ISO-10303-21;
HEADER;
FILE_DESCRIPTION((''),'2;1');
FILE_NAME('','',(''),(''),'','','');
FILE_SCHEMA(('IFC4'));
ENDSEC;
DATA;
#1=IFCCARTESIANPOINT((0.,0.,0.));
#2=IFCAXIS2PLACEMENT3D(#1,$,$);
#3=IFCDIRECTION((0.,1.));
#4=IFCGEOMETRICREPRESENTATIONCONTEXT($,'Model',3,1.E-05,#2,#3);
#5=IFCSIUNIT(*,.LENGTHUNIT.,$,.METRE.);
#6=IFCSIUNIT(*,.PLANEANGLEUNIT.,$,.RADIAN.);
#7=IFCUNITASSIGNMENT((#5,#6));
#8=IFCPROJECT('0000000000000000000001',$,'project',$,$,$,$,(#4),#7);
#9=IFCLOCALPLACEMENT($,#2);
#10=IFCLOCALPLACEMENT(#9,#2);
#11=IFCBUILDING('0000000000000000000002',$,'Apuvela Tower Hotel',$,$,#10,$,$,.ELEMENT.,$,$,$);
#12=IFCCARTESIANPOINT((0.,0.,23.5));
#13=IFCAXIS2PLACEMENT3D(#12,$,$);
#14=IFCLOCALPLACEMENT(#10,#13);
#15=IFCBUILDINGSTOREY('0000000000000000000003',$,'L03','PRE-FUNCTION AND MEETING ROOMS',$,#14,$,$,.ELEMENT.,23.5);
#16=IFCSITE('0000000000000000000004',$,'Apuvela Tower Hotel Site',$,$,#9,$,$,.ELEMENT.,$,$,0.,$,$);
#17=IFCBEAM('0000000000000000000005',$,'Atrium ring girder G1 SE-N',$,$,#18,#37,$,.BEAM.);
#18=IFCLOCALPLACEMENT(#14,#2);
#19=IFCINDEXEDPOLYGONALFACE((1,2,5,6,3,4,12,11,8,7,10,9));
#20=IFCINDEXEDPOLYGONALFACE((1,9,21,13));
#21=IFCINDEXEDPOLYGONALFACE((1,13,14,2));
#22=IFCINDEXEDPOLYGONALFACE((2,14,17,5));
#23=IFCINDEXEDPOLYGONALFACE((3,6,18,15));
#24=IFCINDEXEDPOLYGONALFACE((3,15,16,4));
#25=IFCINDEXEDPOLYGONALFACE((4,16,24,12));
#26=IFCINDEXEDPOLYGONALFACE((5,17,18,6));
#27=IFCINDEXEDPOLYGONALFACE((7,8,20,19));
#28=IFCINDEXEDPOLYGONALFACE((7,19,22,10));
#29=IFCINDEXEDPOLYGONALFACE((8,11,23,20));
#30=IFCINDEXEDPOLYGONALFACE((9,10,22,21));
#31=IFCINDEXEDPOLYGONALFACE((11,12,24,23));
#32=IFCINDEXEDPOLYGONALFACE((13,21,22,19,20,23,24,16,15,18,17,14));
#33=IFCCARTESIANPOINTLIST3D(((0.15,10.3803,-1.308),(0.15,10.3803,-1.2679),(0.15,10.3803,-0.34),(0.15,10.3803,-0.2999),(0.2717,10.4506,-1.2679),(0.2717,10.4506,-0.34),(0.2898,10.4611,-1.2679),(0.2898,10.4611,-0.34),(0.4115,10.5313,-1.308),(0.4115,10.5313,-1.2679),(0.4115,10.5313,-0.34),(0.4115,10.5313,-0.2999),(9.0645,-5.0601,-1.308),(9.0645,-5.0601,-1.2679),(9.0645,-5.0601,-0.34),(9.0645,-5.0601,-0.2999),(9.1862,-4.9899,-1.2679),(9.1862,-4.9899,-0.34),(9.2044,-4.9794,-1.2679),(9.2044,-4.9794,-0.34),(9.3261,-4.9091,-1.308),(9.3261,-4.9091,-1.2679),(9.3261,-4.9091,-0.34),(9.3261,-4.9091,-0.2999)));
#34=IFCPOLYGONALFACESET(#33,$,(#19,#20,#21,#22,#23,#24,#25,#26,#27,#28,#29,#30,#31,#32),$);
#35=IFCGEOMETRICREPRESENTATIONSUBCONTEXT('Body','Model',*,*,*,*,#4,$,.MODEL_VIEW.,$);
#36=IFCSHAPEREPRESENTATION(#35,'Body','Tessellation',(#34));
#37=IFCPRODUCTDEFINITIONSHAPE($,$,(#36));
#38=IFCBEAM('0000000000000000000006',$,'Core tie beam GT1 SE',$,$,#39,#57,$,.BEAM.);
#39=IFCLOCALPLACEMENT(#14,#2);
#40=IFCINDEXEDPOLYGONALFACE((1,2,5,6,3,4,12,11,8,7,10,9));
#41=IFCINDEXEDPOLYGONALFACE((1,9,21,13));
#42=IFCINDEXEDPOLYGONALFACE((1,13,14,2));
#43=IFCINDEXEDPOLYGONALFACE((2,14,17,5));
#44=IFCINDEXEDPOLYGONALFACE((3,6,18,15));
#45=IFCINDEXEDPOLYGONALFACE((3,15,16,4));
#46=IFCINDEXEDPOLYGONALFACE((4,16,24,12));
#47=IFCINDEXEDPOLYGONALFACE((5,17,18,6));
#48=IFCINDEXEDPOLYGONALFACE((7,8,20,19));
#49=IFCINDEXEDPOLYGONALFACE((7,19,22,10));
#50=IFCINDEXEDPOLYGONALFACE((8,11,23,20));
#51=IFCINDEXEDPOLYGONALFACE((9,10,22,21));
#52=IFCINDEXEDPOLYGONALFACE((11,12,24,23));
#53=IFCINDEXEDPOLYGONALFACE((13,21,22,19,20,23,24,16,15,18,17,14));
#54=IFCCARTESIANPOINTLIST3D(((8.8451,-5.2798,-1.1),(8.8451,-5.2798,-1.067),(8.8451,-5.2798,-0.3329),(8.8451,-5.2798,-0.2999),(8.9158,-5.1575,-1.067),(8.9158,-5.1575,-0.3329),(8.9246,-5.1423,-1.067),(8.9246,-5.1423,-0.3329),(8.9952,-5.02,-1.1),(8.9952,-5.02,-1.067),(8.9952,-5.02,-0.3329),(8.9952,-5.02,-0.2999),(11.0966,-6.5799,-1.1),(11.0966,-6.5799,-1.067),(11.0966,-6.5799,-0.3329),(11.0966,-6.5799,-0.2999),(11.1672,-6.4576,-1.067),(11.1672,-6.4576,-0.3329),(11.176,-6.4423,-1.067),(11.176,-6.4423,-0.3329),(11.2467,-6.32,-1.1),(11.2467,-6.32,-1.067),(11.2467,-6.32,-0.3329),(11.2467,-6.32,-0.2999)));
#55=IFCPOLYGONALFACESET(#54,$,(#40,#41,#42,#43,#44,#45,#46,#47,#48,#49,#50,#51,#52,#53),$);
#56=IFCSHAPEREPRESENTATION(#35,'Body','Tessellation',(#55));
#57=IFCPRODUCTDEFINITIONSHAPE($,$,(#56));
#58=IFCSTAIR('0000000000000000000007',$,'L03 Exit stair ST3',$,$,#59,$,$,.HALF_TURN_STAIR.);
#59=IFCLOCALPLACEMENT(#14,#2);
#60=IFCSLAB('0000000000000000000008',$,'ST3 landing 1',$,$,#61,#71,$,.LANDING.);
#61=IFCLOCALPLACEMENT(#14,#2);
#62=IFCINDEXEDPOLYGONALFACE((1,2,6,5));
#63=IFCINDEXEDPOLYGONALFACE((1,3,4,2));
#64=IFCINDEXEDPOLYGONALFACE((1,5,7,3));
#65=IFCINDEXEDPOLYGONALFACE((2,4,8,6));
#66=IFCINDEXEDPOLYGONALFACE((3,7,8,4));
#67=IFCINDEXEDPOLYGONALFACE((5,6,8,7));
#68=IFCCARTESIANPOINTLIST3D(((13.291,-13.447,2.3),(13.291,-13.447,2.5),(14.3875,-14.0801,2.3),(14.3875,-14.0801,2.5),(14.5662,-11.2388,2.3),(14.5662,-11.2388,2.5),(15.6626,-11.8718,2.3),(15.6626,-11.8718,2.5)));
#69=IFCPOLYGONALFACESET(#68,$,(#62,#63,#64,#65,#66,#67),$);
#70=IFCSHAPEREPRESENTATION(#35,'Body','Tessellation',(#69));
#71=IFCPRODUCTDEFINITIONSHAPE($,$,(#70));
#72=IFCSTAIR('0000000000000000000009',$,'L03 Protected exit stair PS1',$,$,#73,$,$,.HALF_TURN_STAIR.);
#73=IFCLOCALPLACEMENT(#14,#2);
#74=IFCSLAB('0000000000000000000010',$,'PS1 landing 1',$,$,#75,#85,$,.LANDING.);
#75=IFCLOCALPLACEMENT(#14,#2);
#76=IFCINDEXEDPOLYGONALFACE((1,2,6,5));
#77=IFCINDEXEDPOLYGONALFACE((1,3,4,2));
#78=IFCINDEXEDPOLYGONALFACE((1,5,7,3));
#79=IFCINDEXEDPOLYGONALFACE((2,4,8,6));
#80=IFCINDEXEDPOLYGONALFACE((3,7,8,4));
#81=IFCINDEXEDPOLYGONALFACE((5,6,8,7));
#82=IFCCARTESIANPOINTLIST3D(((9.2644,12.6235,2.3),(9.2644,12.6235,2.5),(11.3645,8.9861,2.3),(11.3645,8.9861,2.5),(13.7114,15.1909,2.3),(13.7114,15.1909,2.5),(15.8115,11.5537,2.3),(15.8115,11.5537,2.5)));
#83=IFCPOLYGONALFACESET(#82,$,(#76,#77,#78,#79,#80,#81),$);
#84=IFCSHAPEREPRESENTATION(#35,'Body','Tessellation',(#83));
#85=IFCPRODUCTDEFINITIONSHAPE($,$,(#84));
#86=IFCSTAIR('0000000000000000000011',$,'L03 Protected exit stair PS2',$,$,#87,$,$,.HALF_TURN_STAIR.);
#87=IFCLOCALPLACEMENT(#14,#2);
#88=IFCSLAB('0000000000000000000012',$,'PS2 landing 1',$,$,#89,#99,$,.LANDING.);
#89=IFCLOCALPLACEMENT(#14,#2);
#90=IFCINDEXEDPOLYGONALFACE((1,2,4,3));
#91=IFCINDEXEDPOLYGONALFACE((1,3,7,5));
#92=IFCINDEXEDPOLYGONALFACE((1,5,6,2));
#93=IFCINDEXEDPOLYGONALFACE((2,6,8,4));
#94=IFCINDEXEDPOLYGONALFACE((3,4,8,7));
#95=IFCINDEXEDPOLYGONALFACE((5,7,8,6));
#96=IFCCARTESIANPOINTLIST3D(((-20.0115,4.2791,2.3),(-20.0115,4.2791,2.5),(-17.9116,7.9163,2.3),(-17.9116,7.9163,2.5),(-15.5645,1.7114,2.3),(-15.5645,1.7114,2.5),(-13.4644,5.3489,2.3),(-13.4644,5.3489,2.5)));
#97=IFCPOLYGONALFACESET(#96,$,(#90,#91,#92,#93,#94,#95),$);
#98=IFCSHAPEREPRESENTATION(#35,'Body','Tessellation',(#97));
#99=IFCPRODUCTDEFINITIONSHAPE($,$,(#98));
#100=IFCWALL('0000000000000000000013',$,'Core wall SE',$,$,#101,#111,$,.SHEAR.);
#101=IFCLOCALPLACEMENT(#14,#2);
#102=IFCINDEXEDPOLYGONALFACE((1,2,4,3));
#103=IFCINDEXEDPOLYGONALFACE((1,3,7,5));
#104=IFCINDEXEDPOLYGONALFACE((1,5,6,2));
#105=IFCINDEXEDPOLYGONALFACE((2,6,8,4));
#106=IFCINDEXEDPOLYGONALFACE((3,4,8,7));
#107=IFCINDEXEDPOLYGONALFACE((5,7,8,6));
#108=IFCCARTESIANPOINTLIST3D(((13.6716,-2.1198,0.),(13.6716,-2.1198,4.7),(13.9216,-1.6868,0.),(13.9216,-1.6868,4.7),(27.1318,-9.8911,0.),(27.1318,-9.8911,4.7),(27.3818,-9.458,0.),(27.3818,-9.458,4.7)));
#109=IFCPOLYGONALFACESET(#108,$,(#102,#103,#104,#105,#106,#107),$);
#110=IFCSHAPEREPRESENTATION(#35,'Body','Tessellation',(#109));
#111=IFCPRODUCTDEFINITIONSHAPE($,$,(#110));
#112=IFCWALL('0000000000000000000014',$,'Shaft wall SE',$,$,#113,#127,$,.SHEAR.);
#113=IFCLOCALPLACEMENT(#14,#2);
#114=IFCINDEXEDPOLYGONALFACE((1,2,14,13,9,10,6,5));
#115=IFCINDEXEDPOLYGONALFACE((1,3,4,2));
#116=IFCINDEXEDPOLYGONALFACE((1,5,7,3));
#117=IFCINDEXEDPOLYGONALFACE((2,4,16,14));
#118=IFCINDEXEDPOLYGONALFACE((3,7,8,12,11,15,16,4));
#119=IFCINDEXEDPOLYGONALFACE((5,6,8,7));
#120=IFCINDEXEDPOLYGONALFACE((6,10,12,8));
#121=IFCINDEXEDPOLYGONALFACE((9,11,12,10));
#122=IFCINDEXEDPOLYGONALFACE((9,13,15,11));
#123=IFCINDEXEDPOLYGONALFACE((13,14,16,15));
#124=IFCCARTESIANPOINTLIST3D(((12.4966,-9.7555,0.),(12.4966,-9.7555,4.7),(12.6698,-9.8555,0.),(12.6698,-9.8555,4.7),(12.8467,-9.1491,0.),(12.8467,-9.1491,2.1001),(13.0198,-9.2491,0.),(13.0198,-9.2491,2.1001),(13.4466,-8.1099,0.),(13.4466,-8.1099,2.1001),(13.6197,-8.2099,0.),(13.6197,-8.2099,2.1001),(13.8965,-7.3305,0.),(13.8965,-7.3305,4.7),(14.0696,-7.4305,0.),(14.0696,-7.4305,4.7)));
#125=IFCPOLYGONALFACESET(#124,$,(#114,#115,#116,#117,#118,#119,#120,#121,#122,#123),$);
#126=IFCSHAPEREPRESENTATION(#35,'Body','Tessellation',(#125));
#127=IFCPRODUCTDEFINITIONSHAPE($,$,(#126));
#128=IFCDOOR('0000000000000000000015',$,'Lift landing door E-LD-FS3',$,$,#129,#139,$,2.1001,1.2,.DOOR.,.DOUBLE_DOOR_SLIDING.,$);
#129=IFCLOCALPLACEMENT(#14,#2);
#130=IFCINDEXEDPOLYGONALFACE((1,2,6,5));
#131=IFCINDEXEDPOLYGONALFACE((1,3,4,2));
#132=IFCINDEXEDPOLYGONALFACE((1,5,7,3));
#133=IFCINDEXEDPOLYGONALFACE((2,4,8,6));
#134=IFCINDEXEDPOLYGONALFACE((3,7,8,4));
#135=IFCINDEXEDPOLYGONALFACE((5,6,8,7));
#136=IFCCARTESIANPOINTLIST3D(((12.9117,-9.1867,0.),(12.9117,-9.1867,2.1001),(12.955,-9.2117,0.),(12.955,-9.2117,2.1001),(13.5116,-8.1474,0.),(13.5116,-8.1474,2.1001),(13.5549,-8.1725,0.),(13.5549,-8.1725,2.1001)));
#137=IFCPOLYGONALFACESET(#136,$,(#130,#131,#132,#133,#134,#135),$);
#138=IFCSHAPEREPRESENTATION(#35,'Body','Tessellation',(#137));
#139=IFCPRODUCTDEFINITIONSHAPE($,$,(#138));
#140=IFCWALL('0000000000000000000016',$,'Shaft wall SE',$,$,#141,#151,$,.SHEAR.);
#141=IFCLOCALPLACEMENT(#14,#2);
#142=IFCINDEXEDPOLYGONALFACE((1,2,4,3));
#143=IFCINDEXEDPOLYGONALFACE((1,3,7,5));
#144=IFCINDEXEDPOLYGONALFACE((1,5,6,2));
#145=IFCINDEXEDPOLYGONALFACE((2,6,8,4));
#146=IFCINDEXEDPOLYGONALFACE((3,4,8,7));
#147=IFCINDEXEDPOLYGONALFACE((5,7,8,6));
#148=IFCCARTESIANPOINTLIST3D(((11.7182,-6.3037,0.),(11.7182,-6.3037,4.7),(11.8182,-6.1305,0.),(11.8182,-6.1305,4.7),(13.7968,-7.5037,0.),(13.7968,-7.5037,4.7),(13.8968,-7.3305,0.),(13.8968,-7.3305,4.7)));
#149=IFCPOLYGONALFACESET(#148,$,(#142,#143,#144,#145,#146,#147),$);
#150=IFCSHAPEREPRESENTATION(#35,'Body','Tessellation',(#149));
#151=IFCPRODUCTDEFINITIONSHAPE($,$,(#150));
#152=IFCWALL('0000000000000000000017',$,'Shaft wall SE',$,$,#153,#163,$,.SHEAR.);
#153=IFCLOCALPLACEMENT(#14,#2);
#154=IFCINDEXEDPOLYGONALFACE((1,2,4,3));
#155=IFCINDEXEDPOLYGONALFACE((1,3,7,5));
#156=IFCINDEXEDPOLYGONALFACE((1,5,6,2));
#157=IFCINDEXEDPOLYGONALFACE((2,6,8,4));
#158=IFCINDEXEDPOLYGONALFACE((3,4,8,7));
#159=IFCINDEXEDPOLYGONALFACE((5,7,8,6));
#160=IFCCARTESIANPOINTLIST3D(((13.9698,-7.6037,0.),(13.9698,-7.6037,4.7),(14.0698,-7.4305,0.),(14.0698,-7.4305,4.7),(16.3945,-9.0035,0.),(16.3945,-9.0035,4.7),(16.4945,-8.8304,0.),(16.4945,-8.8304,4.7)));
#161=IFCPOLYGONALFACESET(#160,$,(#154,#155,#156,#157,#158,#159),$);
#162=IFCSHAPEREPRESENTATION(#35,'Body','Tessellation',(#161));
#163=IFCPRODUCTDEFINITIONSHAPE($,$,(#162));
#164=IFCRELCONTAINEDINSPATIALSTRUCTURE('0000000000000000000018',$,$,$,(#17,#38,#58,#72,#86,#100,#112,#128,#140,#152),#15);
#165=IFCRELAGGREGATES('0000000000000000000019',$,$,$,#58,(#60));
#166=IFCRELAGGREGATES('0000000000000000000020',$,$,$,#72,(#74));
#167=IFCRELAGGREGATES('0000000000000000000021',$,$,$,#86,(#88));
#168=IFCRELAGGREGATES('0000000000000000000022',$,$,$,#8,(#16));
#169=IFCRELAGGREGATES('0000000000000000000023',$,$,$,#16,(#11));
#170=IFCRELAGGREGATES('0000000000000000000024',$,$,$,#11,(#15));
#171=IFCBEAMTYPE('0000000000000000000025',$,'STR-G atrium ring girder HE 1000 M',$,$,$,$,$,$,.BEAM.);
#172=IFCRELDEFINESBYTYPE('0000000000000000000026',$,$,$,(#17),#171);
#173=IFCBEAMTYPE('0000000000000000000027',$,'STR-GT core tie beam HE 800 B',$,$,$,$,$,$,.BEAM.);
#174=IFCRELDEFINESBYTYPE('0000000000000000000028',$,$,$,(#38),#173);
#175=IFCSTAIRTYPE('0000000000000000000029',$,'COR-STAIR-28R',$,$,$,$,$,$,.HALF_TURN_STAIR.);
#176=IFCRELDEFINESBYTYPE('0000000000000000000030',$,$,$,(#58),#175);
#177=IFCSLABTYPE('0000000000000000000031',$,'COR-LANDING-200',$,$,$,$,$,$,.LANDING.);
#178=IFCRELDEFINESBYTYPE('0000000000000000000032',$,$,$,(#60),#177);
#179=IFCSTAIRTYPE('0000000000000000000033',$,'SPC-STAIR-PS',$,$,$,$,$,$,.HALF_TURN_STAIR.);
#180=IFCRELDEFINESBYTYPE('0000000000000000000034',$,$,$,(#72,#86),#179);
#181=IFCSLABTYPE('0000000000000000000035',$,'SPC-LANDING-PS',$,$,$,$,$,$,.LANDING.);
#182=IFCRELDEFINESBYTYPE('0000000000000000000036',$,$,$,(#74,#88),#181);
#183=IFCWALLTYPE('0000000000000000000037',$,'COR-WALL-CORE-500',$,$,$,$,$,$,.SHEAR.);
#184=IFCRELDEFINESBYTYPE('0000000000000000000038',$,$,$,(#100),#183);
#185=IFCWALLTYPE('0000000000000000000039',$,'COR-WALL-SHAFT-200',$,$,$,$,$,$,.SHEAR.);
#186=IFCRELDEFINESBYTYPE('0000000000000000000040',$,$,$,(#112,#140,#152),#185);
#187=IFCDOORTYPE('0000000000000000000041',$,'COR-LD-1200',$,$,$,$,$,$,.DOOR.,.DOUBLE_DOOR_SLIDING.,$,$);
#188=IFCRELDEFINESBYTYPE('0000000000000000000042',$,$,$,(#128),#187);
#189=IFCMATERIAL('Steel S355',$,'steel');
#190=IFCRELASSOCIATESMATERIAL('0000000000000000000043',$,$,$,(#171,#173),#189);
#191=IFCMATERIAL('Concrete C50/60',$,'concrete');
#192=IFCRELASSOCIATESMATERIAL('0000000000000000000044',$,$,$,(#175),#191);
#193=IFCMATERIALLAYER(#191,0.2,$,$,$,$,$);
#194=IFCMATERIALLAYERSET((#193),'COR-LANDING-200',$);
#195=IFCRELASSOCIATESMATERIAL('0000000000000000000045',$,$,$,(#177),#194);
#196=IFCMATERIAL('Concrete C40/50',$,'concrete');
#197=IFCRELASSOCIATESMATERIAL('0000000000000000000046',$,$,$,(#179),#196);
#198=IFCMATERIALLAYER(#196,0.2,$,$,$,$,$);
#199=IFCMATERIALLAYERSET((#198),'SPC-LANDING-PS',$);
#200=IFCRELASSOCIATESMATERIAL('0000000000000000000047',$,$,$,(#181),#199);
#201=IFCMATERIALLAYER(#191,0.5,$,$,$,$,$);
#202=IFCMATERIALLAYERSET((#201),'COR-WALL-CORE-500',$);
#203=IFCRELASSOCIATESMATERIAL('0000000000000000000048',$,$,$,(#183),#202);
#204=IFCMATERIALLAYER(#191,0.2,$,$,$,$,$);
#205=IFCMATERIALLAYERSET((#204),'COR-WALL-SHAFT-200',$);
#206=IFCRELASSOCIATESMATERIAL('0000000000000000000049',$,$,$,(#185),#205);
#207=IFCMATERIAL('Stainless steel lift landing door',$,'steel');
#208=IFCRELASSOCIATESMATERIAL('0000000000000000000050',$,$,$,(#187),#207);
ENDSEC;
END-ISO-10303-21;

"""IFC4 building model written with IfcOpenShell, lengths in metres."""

from ifc_helpers import new_model, si_unit, direction, frame, frame_2d, origin, origin_2d, place, context, subcontext, project, spatial, polyline, rectangle, i_section, outline, extrude, material, layer, layer_set, material_profile, profile_set, type_object, element, fill, aggregate, save


model = new_model("IFC4")

# Units and contexts
model_context = context("Model", 3, precision=1e-05, world=origin(), true_north=direction((0.0, 1.0)))
body_context = subcontext(model_context, "Body", "Model", "MODEL_VIEW")
ifc_project = project(units=[si_unit("LENGTHUNIT", "METRE"), si_unit("PLANEANGLEUNIT", "RADIAN")], contexts=[model_context])

# Site, building, storey
site_placement = place(None, origin())
site = spatial("IfcSite", under=ifc_project, at=site_placement, Name="Apuvela Tower Hotel Site", CompositionType="ELEMENT", RefElevation=0.0)
building_placement = place(site_placement, origin())
building = spatial("IfcBuilding", under=site, at=building_placement, Name="Apuvela Tower Hotel", CompositionType="ELEMENT")
storey_placement = place(building_placement, frame((0.0, 0.0, 23.5)))
storey = spatial("IfcBuildingStorey", under=building, at=storey_placement, Name="L03", Description="PRE-FUNCTION AND MEETING ROOMS", CompositionType="ELEMENT", Elevation=23.5)

# Beams
ifc_material_1 = material(Name="Steel S355", Category="steel")
ifc_material_profile_1 = material_profile(ifc_material_1, i_section(OverallWidth=0.302, OverallDepth=1.0081, WebThickness=0.021, FlangeThickness=0.04, at=origin_2d()), Name="HE 1000 M")
ifc_profile_set_1 = profile_set([ifc_material_profile_1], Name="Steel S355")
beam_type_1 = type_object("IfcBeamType", Name="STR-G atrium ring girder HE 1000 M", PredefinedType="BEAM", material=ifc_profile_set_1)
beam_1_placement = place(storey_placement, frame((9.1953, -4.9846, -0.804), z_axis=(-0.500001, 0.866025, 0.0), x_axis=(-0.866025, -0.500001, 0.0)))
element("IfcBeam", 1, at=beam_1_placement, inside=storey, type_object=beam_type_1, Name="Atrium ring girder G1 SE-N", PredefinedType="BEAM", context=body_context, shape_type="SweptSolid", body=[
    extrude(i_section(OverallWidth=0.302, OverallDepth=1.0081, WebThickness=0.021, FlangeThickness=0.04, at=origin_2d()), origin(), (0.0, 0.0, 1.0), 17.8291),
])
ifc_material_profile_2 = material_profile(ifc_material_1, i_section(OverallWidth=0.3, OverallDepth=0.8, WebThickness=0.0176, FlangeThickness=0.033, at=origin_2d()), Name="HE 800 B")
ifc_profile_set_2 = profile_set([ifc_material_profile_2], Name="Steel S355")
beam_type_2 = type_object("IfcBeamType", Name="STR-GT core tie beam HE 800 B", PredefinedType="BEAM", material=ifc_profile_set_2)
beam_2_placement = place(storey_placement, frame((11.1716, -6.45, -0.7), z_axis=(-0.865998, 0.500048, 0.0), x_axis=(-0.500048, -0.865998, 0.0)))
element("IfcBeam", 2, at=beam_2_placement, inside=storey, type_object=beam_type_2, Name="Core tie beam GT1 SE", PredefinedType="BEAM", context=body_context, shape_type="SweptSolid", body=[
    extrude(i_section(OverallWidth=0.3, OverallDepth=0.8, WebThickness=0.0176, FlangeThickness=0.033, at=origin_2d()), origin(), (0.0, 0.0, 1.0), 2.5999),
])

# Stairs, slabs
ifc_material_2 = material(Name="Concrete C50/60", Category="concrete")
stair_type_1 = type_object("IfcStairType", Name="COR-STAIR-28R", PredefinedType="HALF_TURN_STAIR", material=ifc_material_2)
stair_1_placement = place(storey_placement, origin())
stair_1 = element("IfcStair", 3, at=stair_1_placement, inside=storey, type_object=stair_type_1, Name="L03 Exit stair ST3", PredefinedType="HALF_TURN_STAIR")
ifc_layer_1 = layer(ifc_material_2, 0.2)
ifc_layer_set_1 = layer_set([ifc_layer_1], Name="COR-LANDING-200")
slab_type_1 = type_object("IfcSlabType", Name="COR-LANDING-200", PredefinedType="LANDING", material=ifc_layer_set_1)
slab_1_placement = place(storey_placement, frame((0.0, 0.0, 2.3)))
slab_1 = element("IfcSlab", 4, at=slab_1_placement, type_object=slab_type_1, Name="ST3 landing 1", PredefinedType="LANDING", context=body_context, shape_type="SweptSolid", body=[
    extrude(outline(polyline([(13.291, -13.447), (14.3875, -14.0801), (15.6626, -11.8718), (14.5662, -11.2388), (13.291, -13.447)])), origin(), (0.0, 0.0, 1.0), 0.2),
])
aggregate(stair_1, [slab_1])
ifc_material_3 = material(Name="Concrete C40/50", Category="concrete")
stair_type_2 = type_object("IfcStairType", Name="SPC-STAIR-PS", PredefinedType="HALF_TURN_STAIR", material=ifc_material_3)
stair_2_placement = place(storey_placement, origin())
stair_2 = element("IfcStair", 5, at=stair_2_placement, inside=storey, type_object=stair_type_2, Name="L03 Protected exit stair PS1", PredefinedType="HALF_TURN_STAIR")
ifc_layer_2 = layer(ifc_material_3, 0.2)
ifc_layer_set_2 = layer_set([ifc_layer_2], Name="SPC-LANDING-PS")
slab_type_2 = type_object("IfcSlabType", Name="SPC-LANDING-PS", PredefinedType="LANDING", material=ifc_layer_set_2)
slab_2_placement = place(storey_placement, frame((0.0, 0.0, 2.3)))
slab_2 = element("IfcSlab", 6, at=slab_2_placement, type_object=slab_type_2, Name="PS1 landing 1", PredefinedType="LANDING", context=body_context, shape_type="SweptSolid", body=[
    extrude(outline(polyline([(11.3645, 8.9861), (15.8115, 11.5537), (13.7114, 15.1909), (9.2644, 12.6235), (11.3645, 8.9861)])), origin(), (0.0, 0.0, 1.0), 0.2),
])
aggregate(stair_2, [slab_2])
stair_3_placement = place(storey_placement, origin())
stair_3 = element("IfcStair", 7, at=stair_3_placement, inside=storey, type_object=stair_type_2, Name="L03 Protected exit stair PS2", PredefinedType="HALF_TURN_STAIR")
slab_3_placement = place(storey_placement, frame((0.0, 0.0, 2.3)))
slab_3 = element("IfcSlab", 8, at=slab_3_placement, type_object=slab_type_2, Name="PS2 landing 1", PredefinedType="LANDING", context=body_context, shape_type="SweptSolid", body=[
    extrude(outline(polyline([(-13.4644, 5.3489), (-17.9116, 7.9163), (-20.0115, 4.2791), (-15.5645, 1.7114), (-13.4644, 5.3489)])), origin(), (0.0, 0.0, 1.0), 0.2),
])
aggregate(stair_3, [slab_3])

# Wall
ifc_layer_3 = layer(ifc_material_2, 0.5)
ifc_layer_set_3 = layer_set([ifc_layer_3], Name="COR-WALL-CORE-500")
wall_type_1 = type_object("IfcWallType", Name="COR-WALL-CORE-500", PredefinedType="SHEAR", material=ifc_layer_set_3)
wall_1_placement = place(storey_placement, frame((13.7966, -1.9033, 0.0), z_axis=(0.0, 0.0, 1.0), x_axis=(0.866026, -0.499999, 0.0)))
element("IfcWall", 9, at=wall_1_placement, inside=storey, type_object=wall_type_1, Name="Core wall SE", PredefinedType="SHEAR", context=body_context, shape_type="SweptSolid", body=[
    extrude(rectangle(XDim=15.5425, YDim=0.5, at=frame_2d((7.7712, 0.0))), origin(), (0.0, 0.0, 1.0), 4.7),
])

# Wall, opening, door
ifc_layer_4 = layer(ifc_material_2, 0.2)
ifc_layer_set_4 = layer_set([ifc_layer_4], Name="COR-WALL-SHAFT-200")
wall_type_2 = type_object("IfcWallType", Name="COR-WALL-SHAFT-200", PredefinedType="SHEAR", material=ifc_layer_set_4)
wall_2_placement = place(storey_placement, frame((12.5833, -9.8054, 0.0), z_axis=(0.0, 0.0, 1.0), x_axis=(0.499946, 0.866056, 0.0)))
wall_2 = element("IfcWall", 10, at=wall_2_placement, inside=storey, type_object=wall_type_2, Name="Shaft wall SE", PredefinedType="SHEAR", context=body_context, shape_type="SweptSolid", body=[
    extrude(rectangle(XDim=2.8, YDim=0.2, at=frame_2d((1.3999, 0.0))), origin(), (0.0, 0.0, 1.0), 4.7),
])
opening_1_placement = place(wall_2_placement, frame((0.7, 0.0, 0.0)))
opening_1 = element("IfcOpeningElement", 11, at=opening_1_placement, cuts=wall_2, PredefinedType="OPENING", context=body_context, shape_type="SweptSolid", body=[
    extrude(rectangle(XDim=1.2, YDim=2.1001, at=frame_2d((0.6001, 1.05))), frame((0.0, 0.1099, 0.0), z_axis=(0.0, -1.0, 0.0), x_axis=(1.0, 0.0, 0.0)), (0.0, 0.0, 1.0), 0.22),
])
ifc_material_4 = material(Name="Stainless steel lift landing door", Category="steel")
door_type_1 = type_object("IfcDoorType", Name="COR-LD-1200", OperationType="DOUBLE_DOOR_SLIDING", PredefinedType="DOOR", material=ifc_material_4)
door_1_placement = place(opening_1_placement, origin())
door_1 = element("IfcDoor", 12, at=door_1_placement, inside=storey, type_object=door_type_1, Name="Lift landing door E-LD-FS3", OperationType="DOUBLE_DOOR_SLIDING", OverallHeight=2.1001, OverallWidth=1.2, PredefinedType="DOOR", context=body_context, shape_type="SweptSolid", body=[
    extrude(rectangle(XDim=1.2, YDim=2.1001, at=frame_2d((0.6001, 1.05))), frame((0.0, 0.0249, 0.0), z_axis=(0.0, -1.0, 0.0), x_axis=(1.0, 0.0, 0.0)), (0.0, 0.0, 1.0), 0.05),
])
fill(opening_1, door_1)

# Walls
wall_3_placement = place(storey_placement, frame((11.7681, -6.217, 0.0), z_axis=(0.0, 0.0, 1.0), x_axis=(0.86605, -0.499957, 0.0)))
element("IfcWall", 13, at=wall_3_placement, inside=storey, type_object=wall_type_2, Name="Shaft wall SE", PredefinedType="SHEAR", context=body_context, shape_type="SweptSolid", body=[
    extrude(rectangle(XDim=2.4001, YDim=0.2, at=frame_2d((1.2002, 0.0))), origin(), (0.0, 0.0, 1.0), 4.7),
])
wall_4_placement = place(storey_placement, frame((14.0198, -7.5171, 0.0), z_axis=(0.0, 0.0, 1.0), x_axis=(0.866035, -0.499984, 0.0)))
element("IfcWall", 14, at=wall_4_placement, inside=storey, type_object=wall_type_2, Name="Shaft wall SE", PredefinedType="SHEAR", context=body_context, shape_type="SweptSolid", body=[
    extrude(rectangle(XDim=2.7998, YDim=0.2, at=frame_2d((1.3999, 0.0))), origin(), (0.0, 0.0, 1.0), 4.7),
])

save(model, "model.ifc")
